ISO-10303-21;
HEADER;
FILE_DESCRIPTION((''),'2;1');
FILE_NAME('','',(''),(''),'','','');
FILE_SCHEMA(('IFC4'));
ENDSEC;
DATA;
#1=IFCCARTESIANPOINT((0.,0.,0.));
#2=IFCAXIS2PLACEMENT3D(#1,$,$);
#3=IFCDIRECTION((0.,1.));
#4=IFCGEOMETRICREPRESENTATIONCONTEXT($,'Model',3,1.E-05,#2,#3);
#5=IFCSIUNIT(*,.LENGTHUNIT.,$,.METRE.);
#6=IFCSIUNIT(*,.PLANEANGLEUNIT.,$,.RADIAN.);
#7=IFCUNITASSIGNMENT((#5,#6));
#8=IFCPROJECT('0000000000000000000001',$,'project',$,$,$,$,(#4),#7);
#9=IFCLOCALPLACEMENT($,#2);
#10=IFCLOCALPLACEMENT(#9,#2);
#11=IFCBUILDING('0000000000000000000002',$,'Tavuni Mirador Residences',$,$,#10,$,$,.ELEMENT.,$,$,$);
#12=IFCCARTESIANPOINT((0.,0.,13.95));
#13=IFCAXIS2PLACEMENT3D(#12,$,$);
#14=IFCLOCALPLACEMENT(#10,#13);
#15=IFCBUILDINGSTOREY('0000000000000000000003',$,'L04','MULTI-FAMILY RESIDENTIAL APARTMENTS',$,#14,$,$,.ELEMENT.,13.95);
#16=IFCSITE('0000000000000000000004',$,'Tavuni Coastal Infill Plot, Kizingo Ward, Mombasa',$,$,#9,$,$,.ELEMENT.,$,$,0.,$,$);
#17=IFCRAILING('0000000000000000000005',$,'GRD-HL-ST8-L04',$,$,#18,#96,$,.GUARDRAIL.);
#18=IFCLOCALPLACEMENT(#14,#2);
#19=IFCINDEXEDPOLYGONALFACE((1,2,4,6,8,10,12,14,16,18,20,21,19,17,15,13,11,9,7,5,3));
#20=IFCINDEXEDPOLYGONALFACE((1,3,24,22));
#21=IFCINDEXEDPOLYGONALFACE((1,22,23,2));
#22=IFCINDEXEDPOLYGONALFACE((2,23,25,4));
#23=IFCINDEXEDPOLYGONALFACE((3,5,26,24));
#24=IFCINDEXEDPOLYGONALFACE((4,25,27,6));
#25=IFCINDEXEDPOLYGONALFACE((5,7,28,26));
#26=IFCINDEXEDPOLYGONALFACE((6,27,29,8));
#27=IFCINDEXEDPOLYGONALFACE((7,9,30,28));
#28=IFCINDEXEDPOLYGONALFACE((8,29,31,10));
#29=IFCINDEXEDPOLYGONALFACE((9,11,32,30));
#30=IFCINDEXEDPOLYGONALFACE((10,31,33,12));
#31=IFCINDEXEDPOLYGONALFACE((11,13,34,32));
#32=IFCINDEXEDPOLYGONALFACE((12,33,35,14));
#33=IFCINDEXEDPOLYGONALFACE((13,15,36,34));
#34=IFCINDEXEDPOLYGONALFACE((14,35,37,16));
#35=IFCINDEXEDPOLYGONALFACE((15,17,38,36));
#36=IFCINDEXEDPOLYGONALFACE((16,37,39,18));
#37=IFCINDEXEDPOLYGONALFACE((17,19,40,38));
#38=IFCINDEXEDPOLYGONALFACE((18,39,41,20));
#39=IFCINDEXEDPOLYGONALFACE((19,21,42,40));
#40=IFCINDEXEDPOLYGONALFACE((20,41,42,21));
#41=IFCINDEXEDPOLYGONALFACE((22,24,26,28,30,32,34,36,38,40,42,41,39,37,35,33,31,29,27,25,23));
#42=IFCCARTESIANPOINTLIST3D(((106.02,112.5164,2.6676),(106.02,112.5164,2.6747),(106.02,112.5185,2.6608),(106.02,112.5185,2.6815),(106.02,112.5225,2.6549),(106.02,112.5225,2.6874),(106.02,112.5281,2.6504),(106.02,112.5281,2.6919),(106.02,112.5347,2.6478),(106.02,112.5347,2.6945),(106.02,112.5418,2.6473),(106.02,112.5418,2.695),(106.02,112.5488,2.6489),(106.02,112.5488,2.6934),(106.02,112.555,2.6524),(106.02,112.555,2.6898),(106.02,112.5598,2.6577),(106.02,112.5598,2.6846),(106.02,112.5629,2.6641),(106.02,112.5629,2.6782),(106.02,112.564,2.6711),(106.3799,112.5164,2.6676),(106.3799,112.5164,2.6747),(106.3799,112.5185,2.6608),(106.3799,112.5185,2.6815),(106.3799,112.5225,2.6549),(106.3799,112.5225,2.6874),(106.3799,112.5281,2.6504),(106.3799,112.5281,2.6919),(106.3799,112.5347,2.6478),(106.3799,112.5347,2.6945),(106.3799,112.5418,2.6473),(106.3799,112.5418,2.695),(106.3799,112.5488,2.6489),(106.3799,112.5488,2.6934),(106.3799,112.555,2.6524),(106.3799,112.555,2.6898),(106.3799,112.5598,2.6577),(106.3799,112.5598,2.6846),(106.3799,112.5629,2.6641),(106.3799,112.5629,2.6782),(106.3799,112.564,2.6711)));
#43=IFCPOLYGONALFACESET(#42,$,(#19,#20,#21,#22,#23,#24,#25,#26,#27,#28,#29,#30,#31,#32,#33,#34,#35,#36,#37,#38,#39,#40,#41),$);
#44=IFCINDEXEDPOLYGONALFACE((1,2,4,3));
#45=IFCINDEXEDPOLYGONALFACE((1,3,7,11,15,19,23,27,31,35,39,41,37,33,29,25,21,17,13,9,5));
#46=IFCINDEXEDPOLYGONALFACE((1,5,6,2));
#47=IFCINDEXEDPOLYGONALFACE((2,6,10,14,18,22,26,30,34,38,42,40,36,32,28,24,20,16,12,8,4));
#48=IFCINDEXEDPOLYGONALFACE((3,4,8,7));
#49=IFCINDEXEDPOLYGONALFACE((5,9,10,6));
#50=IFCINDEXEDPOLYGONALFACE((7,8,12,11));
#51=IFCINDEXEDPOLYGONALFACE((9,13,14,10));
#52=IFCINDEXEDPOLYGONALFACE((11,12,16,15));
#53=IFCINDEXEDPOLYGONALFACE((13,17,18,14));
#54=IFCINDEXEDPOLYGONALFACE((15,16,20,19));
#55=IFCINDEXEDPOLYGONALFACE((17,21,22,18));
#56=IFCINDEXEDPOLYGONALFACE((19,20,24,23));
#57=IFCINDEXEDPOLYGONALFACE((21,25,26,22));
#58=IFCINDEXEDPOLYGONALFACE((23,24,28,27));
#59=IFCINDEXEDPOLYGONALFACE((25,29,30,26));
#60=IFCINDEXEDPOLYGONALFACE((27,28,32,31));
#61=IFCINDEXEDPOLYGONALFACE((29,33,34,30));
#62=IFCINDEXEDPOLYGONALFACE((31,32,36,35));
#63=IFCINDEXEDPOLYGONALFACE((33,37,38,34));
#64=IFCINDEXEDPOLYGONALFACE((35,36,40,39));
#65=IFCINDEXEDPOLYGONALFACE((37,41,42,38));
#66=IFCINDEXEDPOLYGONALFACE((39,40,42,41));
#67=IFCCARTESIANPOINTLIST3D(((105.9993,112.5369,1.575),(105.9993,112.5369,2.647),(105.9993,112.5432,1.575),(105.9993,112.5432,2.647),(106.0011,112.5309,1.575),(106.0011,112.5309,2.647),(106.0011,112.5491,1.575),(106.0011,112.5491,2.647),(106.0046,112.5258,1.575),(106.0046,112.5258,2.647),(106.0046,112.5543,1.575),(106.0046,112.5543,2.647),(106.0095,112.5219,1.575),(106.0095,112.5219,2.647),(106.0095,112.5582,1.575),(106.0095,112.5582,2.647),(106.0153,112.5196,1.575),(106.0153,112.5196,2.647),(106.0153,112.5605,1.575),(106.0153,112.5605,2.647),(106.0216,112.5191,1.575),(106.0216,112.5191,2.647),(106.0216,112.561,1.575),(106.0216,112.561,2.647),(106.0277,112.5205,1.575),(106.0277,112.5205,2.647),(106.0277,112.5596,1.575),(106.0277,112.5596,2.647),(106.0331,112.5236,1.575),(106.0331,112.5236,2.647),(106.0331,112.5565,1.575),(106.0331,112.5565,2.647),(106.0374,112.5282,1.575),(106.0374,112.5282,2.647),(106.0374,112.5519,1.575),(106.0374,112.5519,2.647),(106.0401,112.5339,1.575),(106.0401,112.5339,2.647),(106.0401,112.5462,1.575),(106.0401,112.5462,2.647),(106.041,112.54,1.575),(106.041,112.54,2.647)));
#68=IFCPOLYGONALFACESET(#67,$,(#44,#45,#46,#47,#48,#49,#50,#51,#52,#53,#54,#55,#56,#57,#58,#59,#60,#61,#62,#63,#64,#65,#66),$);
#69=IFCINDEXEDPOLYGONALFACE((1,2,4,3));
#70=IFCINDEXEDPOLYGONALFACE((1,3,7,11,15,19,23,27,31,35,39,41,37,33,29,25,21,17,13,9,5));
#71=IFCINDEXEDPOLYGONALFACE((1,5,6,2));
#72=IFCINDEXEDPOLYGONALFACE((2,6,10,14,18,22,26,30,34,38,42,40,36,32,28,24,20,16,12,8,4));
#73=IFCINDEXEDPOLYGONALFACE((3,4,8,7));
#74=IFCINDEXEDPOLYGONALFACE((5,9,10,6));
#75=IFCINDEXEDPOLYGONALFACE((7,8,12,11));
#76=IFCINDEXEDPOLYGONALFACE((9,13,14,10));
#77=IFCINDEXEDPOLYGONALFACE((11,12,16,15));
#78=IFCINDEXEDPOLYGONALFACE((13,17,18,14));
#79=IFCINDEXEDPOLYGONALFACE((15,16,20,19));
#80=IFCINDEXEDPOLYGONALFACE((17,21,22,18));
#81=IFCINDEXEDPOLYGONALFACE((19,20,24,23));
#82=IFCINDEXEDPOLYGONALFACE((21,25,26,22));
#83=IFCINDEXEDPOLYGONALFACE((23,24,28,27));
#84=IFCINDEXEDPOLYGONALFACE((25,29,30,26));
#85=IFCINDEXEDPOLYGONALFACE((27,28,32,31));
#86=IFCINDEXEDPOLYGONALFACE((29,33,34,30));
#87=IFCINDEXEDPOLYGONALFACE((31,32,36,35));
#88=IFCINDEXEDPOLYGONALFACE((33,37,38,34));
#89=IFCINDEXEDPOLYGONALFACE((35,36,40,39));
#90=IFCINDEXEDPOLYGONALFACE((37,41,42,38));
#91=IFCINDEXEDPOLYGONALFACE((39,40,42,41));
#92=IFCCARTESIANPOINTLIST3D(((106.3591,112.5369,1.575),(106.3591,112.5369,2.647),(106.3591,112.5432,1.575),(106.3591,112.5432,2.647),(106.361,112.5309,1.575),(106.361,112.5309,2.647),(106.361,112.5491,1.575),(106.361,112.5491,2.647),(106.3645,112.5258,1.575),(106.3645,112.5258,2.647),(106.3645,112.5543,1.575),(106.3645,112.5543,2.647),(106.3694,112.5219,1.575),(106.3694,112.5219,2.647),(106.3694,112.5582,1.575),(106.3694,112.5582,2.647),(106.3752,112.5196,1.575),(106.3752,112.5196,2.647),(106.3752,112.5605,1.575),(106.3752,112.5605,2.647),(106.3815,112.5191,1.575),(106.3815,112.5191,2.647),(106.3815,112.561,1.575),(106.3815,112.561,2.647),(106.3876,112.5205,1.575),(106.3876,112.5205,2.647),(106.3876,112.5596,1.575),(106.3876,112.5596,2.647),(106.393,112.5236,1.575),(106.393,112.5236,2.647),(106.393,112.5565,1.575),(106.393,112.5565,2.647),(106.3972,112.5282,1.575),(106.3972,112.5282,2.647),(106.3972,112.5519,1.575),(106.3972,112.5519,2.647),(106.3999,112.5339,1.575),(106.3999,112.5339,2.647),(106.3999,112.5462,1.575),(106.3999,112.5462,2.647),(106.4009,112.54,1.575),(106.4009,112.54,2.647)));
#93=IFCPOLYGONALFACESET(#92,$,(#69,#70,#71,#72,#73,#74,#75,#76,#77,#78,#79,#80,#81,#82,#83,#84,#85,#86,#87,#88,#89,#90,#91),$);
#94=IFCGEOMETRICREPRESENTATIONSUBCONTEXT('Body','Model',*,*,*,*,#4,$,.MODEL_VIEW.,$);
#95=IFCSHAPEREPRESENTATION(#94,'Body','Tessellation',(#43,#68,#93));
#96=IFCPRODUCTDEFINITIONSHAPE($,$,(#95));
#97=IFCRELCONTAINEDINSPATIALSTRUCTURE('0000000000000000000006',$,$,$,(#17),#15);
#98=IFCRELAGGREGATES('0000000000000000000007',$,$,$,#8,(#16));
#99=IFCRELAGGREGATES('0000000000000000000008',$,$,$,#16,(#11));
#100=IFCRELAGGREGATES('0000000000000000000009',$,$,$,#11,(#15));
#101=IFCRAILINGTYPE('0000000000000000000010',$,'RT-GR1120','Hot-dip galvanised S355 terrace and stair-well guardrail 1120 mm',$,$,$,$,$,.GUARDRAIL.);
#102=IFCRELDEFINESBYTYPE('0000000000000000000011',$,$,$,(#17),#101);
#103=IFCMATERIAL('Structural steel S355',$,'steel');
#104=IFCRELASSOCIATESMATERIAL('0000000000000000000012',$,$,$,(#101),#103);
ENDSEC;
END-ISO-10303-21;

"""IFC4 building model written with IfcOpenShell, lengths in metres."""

from ifc_helpers import new_model, si_unit, direction, frame, origin, origin_2d, place, context, subcontext, project, spatial, circle, extrude, material, type_object, element, save


model = new_model("IFC4")

# Units and contexts
model_context = context("Model", 3, precision=1e-05, world=origin(), true_north=direction((0.0, 1.0)))
body_context = subcontext(model_context, "Body", "Model", "MODEL_VIEW")
ifc_project = project(units=[si_unit("LENGTHUNIT", "METRE"), si_unit("PLANEANGLEUNIT", "RADIAN")], contexts=[model_context])

# Site, building, storey
site_placement = place(None, origin())
site = spatial("IfcSite", under=ifc_project, at=site_placement, Name="Tavuni Coastal Infill Plot, Kizingo Ward, Mombasa", CompositionType="ELEMENT", RefElevation=0.0)
building_placement = place(site_placement, origin())
building = spatial("IfcBuilding", under=site, at=building_placement, Name="Tavuni Mirador Residences", CompositionType="ELEMENT")
storey_placement = place(building_placement, frame((0.0, 0.0, 13.95)))
storey = spatial("IfcBuildingStorey", under=building, at=storey_placement, Name="L04", Description="MULTI-FAMILY RESIDENTIAL APARTMENTS", CompositionType="ELEMENT", Elevation=13.95)

# Shared definitions
ifc_material_1 = material(Name="Structural steel S355", Category="steel")

# Railing
railing_type_1 = type_object("IfcRailingType", Name="RT-GR1120", Description="Hot-dip galvanised S355 terrace and stair-well guardrail 1120 mm", PredefinedType="GUARDRAIL", material=ifc_material_1)
railing_1_placement = place(storey_placement, frame((106.02, 112.54, 1.575)))
element("IfcRailing", 1, at=railing_1_placement, inside=storey, type_object=railing_type_1, Name="GRD-HL-ST8-L04", PredefinedType="GUARDRAIL", context=body_context, shape_type="SweptSolid", body=[
    extrude(circle(Radius=0.0239, at=origin_2d()), frame((0.0, 0.0, 1.0962), z_axis=(1.0, 0.0, 0.0), x_axis=(0.0, 1.0, 0.0)), (0.0, 0.0, 1.0), 0.3599),
    extrude(circle(Radius=0.021, at=origin_2d()), origin(), (0.0, 0.0, 1.0), 1.072),
    extrude(circle(Radius=0.021, at=origin_2d()), frame((0.3599, 0.0, 0.0)), (0.0, 0.0, 1.0), 1.072),
])

save(model, "model.ifc")
